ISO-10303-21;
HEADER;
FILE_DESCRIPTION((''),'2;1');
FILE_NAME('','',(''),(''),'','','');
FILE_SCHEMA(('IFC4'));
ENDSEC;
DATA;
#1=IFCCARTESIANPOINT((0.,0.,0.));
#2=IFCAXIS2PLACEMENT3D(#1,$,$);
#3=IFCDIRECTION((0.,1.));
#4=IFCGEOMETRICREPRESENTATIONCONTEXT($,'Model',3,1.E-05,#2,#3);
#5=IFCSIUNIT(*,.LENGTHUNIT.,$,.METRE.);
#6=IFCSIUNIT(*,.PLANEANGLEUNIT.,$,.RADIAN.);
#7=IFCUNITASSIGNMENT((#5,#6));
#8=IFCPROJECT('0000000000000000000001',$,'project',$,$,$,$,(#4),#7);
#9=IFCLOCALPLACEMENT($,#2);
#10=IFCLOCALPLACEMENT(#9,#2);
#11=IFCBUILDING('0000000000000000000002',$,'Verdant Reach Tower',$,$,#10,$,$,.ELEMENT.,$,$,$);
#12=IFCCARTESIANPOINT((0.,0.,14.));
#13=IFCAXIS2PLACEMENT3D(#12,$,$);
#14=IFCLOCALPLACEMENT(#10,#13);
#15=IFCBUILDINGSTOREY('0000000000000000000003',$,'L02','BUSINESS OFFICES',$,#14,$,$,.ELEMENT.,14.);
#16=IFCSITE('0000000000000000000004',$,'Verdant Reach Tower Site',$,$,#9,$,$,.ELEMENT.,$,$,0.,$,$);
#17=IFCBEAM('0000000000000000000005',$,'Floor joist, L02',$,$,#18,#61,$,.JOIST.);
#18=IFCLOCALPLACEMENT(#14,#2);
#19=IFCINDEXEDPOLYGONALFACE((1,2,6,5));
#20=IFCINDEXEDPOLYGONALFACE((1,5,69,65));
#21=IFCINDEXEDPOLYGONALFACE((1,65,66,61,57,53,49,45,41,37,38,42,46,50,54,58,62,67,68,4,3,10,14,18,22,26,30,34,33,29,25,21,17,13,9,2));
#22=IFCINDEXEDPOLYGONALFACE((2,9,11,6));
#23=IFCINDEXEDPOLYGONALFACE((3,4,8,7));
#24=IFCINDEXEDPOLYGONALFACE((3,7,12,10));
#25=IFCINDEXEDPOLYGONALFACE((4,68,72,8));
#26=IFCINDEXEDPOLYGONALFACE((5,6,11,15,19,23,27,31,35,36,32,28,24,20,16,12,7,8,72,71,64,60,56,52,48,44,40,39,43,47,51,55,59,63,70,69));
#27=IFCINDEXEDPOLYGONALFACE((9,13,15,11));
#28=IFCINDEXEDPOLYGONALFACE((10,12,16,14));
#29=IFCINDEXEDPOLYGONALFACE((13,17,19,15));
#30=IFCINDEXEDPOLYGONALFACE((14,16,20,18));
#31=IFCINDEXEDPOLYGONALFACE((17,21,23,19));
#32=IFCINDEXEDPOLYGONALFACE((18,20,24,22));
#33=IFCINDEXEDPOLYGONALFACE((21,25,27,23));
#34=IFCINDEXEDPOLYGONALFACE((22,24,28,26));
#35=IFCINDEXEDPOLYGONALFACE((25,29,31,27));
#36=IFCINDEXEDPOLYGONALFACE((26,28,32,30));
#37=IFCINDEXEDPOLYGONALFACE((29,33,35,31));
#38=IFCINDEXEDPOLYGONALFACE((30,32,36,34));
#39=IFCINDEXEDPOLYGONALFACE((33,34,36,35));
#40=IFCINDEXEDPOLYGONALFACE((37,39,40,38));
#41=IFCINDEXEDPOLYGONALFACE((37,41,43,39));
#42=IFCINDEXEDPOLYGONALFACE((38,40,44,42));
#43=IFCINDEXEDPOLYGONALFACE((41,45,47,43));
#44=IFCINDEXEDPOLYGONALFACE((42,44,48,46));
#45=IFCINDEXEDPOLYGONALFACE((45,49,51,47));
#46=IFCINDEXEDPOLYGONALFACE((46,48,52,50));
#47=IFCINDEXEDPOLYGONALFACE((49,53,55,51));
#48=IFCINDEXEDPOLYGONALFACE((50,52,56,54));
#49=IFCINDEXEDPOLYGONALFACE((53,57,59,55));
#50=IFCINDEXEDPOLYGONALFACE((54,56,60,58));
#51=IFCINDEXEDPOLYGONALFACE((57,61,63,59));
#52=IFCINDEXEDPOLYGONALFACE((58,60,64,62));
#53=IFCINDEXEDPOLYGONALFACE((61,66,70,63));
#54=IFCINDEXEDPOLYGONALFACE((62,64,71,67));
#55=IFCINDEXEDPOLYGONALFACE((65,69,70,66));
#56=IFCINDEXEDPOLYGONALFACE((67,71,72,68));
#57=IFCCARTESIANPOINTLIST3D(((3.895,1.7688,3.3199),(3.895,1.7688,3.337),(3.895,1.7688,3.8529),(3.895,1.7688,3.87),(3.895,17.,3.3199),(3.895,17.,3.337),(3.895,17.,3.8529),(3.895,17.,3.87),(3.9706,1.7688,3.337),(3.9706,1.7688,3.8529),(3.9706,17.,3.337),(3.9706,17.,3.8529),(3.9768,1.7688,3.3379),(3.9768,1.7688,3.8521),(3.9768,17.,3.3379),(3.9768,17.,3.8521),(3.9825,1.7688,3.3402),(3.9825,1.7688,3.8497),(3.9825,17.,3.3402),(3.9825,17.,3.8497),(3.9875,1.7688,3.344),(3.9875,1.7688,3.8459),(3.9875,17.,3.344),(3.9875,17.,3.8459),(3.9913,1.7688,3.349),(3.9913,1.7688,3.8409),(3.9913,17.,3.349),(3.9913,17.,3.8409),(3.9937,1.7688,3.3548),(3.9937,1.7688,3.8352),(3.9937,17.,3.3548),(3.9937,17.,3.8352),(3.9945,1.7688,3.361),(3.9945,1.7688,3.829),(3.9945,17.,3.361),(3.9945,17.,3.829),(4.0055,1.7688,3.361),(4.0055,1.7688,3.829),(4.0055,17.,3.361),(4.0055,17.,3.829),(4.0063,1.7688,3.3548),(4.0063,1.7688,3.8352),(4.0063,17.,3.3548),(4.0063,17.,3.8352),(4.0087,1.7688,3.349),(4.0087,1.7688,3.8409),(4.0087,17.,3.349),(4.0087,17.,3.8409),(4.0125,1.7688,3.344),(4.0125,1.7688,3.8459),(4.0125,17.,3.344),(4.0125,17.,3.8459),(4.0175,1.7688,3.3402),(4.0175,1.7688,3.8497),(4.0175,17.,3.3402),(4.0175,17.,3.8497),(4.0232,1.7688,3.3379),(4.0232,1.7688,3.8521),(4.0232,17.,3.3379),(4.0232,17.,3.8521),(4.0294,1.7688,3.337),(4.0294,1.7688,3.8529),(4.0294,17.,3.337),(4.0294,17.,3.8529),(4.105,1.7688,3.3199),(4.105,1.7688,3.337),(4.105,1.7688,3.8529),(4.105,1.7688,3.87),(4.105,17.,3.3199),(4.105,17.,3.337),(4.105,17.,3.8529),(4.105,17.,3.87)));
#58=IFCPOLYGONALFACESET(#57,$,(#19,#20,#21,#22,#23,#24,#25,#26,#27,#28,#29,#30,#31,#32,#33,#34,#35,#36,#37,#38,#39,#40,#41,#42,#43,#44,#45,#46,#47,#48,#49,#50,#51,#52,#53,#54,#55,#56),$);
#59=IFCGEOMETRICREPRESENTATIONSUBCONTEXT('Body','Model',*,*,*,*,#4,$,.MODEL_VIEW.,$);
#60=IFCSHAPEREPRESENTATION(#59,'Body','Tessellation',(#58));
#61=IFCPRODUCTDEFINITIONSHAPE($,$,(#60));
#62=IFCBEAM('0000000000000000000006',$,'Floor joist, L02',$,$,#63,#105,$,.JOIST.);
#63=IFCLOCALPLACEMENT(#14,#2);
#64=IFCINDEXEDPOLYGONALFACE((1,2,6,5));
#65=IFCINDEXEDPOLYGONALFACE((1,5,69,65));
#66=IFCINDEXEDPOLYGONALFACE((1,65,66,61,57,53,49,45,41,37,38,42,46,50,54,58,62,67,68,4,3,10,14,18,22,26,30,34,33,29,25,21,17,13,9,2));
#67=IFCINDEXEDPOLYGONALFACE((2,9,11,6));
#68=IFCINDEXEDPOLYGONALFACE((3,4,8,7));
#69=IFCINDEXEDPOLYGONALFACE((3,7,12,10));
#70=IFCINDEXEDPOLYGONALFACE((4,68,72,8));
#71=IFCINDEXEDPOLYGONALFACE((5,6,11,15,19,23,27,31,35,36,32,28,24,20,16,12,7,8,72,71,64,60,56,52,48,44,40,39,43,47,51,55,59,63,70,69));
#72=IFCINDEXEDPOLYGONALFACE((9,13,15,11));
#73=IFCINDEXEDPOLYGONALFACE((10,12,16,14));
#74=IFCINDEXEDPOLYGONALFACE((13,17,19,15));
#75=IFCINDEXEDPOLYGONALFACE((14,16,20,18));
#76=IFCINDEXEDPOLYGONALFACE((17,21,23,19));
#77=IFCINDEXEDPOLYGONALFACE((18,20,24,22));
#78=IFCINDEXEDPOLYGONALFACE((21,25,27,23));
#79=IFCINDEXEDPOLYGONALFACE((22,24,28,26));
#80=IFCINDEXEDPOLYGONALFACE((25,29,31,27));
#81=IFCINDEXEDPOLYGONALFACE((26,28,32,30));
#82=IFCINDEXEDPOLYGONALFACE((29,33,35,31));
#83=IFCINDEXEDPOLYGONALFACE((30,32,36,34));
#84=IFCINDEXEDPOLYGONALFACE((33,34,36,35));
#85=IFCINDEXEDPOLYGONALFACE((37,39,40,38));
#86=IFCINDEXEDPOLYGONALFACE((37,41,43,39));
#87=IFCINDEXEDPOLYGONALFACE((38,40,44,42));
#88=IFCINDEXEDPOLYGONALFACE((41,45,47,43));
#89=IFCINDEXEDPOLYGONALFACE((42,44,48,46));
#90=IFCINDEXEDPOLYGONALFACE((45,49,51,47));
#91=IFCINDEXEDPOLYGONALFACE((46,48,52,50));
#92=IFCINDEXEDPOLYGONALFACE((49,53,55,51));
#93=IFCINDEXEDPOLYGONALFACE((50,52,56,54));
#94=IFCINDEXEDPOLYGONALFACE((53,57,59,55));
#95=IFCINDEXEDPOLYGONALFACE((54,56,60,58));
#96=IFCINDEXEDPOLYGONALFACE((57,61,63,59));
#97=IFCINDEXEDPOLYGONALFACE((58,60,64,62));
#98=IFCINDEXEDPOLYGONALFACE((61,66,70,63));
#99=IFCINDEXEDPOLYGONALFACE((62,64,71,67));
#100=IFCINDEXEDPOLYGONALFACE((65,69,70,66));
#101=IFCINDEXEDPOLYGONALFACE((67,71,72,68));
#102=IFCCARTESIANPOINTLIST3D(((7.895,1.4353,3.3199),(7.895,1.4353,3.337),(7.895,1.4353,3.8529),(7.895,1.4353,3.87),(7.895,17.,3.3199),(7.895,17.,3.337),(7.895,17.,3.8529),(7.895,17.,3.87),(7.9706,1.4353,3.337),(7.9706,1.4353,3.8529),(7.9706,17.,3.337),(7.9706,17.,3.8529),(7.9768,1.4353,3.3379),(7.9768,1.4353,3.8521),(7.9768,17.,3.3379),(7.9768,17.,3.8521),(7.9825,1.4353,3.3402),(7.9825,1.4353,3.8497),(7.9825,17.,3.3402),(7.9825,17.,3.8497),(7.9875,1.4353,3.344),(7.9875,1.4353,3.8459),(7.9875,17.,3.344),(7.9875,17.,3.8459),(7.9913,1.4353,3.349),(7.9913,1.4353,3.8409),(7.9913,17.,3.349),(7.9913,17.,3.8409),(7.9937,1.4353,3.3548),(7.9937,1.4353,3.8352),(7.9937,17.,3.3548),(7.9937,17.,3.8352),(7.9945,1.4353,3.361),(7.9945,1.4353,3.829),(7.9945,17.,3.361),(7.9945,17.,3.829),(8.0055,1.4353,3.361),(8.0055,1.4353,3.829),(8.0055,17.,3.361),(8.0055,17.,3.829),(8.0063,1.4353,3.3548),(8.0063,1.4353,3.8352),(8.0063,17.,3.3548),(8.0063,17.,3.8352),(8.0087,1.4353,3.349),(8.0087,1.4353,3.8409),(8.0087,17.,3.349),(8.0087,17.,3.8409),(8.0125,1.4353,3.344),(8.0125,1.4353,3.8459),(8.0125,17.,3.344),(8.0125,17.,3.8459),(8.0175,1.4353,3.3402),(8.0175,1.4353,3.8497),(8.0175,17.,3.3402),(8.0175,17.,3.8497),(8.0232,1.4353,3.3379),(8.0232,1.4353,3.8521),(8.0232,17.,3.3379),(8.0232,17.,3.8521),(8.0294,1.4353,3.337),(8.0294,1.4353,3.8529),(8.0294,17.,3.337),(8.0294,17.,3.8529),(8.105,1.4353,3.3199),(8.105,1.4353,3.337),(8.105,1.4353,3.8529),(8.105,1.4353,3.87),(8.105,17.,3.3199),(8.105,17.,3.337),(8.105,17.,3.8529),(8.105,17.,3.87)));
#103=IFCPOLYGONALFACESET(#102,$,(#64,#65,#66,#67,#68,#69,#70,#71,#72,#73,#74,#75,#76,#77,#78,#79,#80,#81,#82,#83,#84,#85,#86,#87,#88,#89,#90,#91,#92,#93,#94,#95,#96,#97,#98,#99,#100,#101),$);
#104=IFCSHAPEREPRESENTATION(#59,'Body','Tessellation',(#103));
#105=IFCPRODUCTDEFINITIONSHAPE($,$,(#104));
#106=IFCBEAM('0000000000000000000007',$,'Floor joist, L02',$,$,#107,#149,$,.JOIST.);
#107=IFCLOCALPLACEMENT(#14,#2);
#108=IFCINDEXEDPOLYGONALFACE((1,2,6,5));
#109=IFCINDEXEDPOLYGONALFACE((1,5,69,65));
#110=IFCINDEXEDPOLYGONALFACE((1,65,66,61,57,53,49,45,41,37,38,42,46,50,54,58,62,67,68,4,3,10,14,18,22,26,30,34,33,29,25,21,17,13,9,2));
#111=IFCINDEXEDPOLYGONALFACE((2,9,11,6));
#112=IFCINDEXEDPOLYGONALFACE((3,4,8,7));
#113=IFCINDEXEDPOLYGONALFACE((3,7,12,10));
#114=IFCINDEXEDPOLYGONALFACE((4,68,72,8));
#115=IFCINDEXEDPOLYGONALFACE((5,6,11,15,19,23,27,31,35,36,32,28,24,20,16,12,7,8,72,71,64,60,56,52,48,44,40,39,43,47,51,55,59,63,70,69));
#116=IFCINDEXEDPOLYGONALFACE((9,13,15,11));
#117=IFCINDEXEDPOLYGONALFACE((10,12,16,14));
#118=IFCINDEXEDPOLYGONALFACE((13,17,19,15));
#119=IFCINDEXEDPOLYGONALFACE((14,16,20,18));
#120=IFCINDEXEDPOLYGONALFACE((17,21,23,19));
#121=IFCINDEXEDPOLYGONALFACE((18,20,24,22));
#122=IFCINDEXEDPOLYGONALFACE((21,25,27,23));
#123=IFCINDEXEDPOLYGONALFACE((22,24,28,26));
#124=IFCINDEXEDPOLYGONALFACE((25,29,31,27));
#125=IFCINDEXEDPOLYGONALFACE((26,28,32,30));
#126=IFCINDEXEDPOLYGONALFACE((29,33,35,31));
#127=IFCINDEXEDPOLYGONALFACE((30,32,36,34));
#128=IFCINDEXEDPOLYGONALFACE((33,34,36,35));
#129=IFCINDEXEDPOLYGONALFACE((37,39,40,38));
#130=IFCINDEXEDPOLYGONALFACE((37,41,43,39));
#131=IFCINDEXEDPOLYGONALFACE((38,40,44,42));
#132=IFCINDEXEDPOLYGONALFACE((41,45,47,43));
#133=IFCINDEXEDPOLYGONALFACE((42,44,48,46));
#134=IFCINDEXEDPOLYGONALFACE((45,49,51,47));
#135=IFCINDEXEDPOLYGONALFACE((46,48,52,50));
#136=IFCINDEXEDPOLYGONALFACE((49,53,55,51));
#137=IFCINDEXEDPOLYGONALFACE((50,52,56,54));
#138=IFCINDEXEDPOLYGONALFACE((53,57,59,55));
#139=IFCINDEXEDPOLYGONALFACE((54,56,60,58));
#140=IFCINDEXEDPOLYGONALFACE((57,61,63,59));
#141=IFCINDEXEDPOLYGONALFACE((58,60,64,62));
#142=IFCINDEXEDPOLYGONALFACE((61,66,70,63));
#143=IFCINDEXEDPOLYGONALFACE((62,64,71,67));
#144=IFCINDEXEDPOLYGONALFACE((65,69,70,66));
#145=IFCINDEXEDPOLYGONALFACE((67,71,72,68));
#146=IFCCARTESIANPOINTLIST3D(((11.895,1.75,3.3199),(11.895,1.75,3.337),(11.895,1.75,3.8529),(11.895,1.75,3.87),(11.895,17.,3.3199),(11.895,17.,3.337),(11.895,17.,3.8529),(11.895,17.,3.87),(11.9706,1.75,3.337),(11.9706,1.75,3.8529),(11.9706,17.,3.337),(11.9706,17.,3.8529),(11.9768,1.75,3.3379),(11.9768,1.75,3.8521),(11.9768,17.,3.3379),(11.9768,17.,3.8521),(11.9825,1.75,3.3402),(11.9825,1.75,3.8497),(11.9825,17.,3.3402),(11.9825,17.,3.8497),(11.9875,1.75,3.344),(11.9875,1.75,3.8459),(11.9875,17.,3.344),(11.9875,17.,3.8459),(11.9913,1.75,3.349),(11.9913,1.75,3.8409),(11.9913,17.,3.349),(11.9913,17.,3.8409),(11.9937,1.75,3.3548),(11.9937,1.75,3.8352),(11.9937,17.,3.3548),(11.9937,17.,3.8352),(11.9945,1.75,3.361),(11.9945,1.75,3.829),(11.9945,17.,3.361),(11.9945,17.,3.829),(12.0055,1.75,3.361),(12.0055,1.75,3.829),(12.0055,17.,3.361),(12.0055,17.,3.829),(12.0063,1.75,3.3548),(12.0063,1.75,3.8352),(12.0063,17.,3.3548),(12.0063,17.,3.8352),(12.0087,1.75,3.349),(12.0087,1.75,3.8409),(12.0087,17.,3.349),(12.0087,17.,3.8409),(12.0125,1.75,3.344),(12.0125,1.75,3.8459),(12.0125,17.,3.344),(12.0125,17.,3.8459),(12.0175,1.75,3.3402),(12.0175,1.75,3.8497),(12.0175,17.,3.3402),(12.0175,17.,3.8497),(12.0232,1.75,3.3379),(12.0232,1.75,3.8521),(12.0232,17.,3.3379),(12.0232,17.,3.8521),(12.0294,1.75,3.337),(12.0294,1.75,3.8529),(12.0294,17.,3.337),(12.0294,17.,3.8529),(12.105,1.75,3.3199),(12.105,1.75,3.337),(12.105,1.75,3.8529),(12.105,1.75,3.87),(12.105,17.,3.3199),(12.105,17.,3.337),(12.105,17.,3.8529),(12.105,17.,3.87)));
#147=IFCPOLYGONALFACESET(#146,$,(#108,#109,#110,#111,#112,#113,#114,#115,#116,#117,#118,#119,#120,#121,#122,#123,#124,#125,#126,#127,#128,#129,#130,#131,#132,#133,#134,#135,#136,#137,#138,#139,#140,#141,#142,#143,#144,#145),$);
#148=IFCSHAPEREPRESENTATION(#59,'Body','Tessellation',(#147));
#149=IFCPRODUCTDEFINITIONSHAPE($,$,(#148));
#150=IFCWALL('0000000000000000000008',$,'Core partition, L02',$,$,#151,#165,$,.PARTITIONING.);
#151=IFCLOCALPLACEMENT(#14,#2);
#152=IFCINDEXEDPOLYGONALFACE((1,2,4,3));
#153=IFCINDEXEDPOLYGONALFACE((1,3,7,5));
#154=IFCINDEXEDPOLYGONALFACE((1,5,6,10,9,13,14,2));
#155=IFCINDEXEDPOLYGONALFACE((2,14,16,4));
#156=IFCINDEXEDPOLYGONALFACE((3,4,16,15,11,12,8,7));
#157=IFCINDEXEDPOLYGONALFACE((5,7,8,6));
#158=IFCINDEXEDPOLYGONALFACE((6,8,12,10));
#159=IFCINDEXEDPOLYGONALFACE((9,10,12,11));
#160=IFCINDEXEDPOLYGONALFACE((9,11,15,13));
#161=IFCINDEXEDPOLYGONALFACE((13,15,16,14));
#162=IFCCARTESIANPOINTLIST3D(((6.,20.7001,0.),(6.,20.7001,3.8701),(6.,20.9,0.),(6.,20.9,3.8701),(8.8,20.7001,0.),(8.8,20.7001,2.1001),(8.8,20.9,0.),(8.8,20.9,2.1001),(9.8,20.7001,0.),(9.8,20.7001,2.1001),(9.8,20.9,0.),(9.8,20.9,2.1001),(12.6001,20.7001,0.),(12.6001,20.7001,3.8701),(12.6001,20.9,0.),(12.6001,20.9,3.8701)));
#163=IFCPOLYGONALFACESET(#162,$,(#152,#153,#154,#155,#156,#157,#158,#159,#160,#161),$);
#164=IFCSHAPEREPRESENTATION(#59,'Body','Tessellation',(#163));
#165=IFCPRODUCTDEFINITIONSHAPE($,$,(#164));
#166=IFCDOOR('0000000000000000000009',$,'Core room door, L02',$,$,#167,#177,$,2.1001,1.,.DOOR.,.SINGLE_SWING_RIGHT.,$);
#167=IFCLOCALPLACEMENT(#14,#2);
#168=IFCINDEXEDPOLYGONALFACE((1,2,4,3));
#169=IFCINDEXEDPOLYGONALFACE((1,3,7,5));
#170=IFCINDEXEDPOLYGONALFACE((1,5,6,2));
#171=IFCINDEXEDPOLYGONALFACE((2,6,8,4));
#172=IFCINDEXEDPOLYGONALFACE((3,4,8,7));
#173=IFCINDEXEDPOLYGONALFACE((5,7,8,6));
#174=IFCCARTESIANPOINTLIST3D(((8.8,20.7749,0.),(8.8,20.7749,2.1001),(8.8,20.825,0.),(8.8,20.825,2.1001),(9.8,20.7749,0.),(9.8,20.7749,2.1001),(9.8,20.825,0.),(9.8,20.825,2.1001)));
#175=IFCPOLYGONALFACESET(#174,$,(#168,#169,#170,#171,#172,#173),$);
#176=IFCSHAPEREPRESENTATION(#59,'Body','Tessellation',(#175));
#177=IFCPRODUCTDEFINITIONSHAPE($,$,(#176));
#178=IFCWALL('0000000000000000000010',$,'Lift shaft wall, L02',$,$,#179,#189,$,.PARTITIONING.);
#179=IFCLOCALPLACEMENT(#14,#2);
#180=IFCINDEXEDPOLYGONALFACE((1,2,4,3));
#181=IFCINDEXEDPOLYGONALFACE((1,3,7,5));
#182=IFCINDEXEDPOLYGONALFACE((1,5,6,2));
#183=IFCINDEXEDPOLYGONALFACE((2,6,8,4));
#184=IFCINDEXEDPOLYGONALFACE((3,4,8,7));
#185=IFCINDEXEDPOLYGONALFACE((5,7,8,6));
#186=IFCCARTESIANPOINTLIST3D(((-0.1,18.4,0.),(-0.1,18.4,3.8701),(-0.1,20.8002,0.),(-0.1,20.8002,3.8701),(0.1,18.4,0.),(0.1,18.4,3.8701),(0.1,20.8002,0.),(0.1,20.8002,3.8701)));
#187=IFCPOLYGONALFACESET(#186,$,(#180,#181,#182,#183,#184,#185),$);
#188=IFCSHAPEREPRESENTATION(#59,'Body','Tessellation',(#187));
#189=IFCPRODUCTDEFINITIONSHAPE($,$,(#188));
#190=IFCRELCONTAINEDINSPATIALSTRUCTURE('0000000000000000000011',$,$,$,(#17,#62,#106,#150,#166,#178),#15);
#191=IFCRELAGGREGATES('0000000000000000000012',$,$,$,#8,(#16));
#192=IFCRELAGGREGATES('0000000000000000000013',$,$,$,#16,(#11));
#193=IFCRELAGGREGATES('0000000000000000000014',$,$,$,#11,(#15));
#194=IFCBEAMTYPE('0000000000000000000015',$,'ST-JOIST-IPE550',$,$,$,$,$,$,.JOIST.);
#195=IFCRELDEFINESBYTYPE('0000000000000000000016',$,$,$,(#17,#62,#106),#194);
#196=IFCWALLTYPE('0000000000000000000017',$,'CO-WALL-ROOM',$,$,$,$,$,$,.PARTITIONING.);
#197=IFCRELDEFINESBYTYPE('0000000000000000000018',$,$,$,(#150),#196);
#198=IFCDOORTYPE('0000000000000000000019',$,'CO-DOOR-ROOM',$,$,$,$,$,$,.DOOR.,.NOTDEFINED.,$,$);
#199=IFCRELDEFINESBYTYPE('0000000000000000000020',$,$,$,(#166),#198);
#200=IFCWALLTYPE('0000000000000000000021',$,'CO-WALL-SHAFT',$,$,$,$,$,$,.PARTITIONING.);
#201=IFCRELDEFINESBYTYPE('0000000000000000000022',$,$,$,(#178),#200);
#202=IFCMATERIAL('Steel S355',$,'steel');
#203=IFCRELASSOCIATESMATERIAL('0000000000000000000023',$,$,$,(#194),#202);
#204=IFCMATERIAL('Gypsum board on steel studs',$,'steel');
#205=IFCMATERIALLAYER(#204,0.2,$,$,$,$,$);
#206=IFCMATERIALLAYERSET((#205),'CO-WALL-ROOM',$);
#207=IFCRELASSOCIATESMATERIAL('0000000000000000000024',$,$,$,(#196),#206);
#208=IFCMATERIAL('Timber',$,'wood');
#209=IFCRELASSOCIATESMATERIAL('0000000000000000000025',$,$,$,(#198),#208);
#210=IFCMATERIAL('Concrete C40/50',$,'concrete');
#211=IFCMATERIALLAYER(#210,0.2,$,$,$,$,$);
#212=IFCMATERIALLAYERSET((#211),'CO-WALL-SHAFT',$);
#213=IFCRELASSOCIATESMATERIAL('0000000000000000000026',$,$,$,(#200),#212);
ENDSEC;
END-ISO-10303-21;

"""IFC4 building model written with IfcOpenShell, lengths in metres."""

from ifc_helpers import new_model, si_unit, direction, frame, frame_2d, origin, origin_2d, place, context, subcontext, project, spatial, rectangle, i_section, extrude, material, layer, layer_set, material_profile, profile_set, type_object, element, fill, save


model = new_model("IFC4")

# Units and contexts
model_context = context("Model", 3, precision=1e-05, world=origin(), true_north=direction((0.0, 1.0)))
body_context = subcontext(model_context, "Body", "Model", "MODEL_VIEW")
ifc_project = project(units=[si_unit("LENGTHUNIT", "METRE"), si_unit("PLANEANGLEUNIT", "RADIAN")], contexts=[model_context])

# Site, building, storey
site_placement = place(None, origin())
site = spatial("IfcSite", under=ifc_project, at=site_placement, Name="Verdant Reach Tower Site", CompositionType="ELEMENT", RefElevation=0.0)
building_placement = place(site_placement, origin())
building = spatial("IfcBuilding", under=site, at=building_placement, Name="Verdant Reach Tower", CompositionType="ELEMENT")
storey_placement = place(building_placement, frame((0.0, 0.0, 14.0)))
storey = spatial("IfcBuildingStorey", under=building, at=storey_placement, Name="L02", Description="BUSINESS OFFICES", CompositionType="ELEMENT", Elevation=14.0)

# Beams
ifc_material_1 = material(Name="Steel S355", Category="steel")
ifc_material_profile_1 = material_profile(ifc_material_1, i_section(OverallWidth=0.21, OverallDepth=0.55, WebThickness=0.011, FlangeThickness=0.0171, FilletRadius=0.0239, at=origin_2d()), Name="IPE 550")
ifc_profile_set_1 = profile_set([ifc_material_profile_1], Name="Steel S355")
beam_type_1 = type_object("IfcBeamType", Name="ST-JOIST-IPE550", PredefinedType="JOIST", material=ifc_profile_set_1)
beam_1_placement = place(storey_placement, frame((4.0, 17.0, 3.595), z_axis=(0.0, -1.0, 0.0), x_axis=(1.0, 0.0, 0.0)))
element("IfcBeam", 1, at=beam_1_placement, inside=storey, type_object=beam_type_1, Name="Floor joist, L02", PredefinedType="JOIST", context=body_context, shape_type="SweptSolid", body=[
    extrude(i_section(OverallWidth=0.21, OverallDepth=0.55, WebThickness=0.011, FlangeThickness=0.0171, FilletRadius=0.0239, at=origin_2d()), origin(), (0.0, 0.0, 1.0), 15.2312),
])
beam_2_placement = place(storey_placement, frame((8.0, 17.0, 3.595), z_axis=(0.0, -1.0, 0.0), x_axis=(1.0, 0.0, 0.0)))
element("IfcBeam", 2, at=beam_2_placement, inside=storey, type_object=beam_type_1, Name="Floor joist, L02", PredefinedType="JOIST", context=body_context, shape_type="SweptSolid", body=[
    extrude(i_section(OverallWidth=0.21, OverallDepth=0.55, WebThickness=0.011, FlangeThickness=0.0171, FilletRadius=0.0239, at=origin_2d()), origin(), (0.0, 0.0, 1.0), 15.5647),
])
beam_3_placement = place(storey_placement, frame((12.0, 17.0, 3.595), z_axis=(0.0, -1.0, 0.0), x_axis=(1.0, 0.0, 0.0)))
element("IfcBeam", 3, at=beam_3_placement, inside=storey, type_object=beam_type_1, Name="Floor joist, L02", PredefinedType="JOIST", context=body_context, shape_type="SweptSolid", body=[
    extrude(i_section(OverallWidth=0.21, OverallDepth=0.55, WebThickness=0.011, FlangeThickness=0.0171, FilletRadius=0.0239, at=origin_2d()), origin(), (0.0, 0.0, 1.0), 15.25),
])

# Wall, opening, door
ifc_material_2 = material(Name="Gypsum board on steel studs", Category="steel")
ifc_layer_1 = layer(ifc_material_2, 0.2)
ifc_layer_set_1 = layer_set([ifc_layer_1], Name="CO-WALL-ROOM")
wall_type_1 = type_object("IfcWallType", Name="CO-WALL-ROOM", PredefinedType="PARTITIONING", material=ifc_layer_set_1)
wall_1_placement = place(storey_placement, frame((6.0, 20.8, 0.0), z_axis=(0.0, 0.0, 1.0), x_axis=(1.0, 0.0, 0.0)))
wall_1 = element("IfcWall", 4, at=wall_1_placement, inside=storey, type_object=wall_type_1, Name="Core partition, L02", PredefinedType="PARTITIONING", context=body_context, shape_type="SweptSolid", body=[
    extrude(rectangle(XDim=6.6001, YDim=0.2, at=frame_2d((3.3, 0.0))), origin(), (0.0, 0.0, 1.0), 3.8701),
])
opening_1_placement = place(wall_1_placement, frame((2.8, 0.0, 0.0)))
opening_1 = element("IfcOpeningElement", 5, at=opening_1_placement, cuts=wall_1, PredefinedType="OPENING", context=body_context, shape_type="SweptSolid", body=[
    extrude(rectangle(XDim=1.0, YDim=2.1001, at=frame_2d((0.5, 1.05))), frame((0.0, 0.1099, 0.0), z_axis=(0.0, -1.0, 0.0), x_axis=(1.0, 0.0, 0.0)), (0.0, 0.0, 1.0), 0.22),
])
ifc_material_3 = material(Name="Timber", Category="wood")
door_type_1 = type_object("IfcDoorType", Name="CO-DOOR-ROOM", OperationType="NOTDEFINED", PredefinedType="DOOR", material=ifc_material_3)
door_1_placement = place(opening_1_placement, origin())
door_1 = element("IfcDoor", 6, at=door_1_placement, inside=storey, type_object=door_type_1, Name="Core room door, L02", OperationType="SINGLE_SWING_RIGHT", OverallHeight=2.1001, OverallWidth=1.0, PredefinedType="DOOR", context=body_context, shape_type="SweptSolid", body=[
    extrude(rectangle(XDim=1.0, YDim=2.1001, at=frame_2d((0.5, 1.05))), frame((0.0, 0.0249, 0.0), z_axis=(0.0, -1.0, 0.0), x_axis=(1.0, 0.0, 0.0)), (0.0, 0.0, 1.0), 0.05),
])
fill(opening_1, door_1)

# Wall
ifc_material_4 = material(Name="Concrete C40/50", Category="concrete")
ifc_layer_2 = layer(ifc_material_4, 0.2)
ifc_layer_set_2 = layer_set([ifc_layer_2], Name="CO-WALL-SHAFT")
wall_type_2 = type_object("IfcWallType", Name="CO-WALL-SHAFT", PredefinedType="PARTITIONING", material=ifc_layer_set_2)
for number, where, z_axis, x_axis, name in (
    (7, (0.0, 18.3999, 0.0), (0.0, 0.0, 1.0), (0.0, 1.0, 0.0), "Lift shaft wall, L02"),
):
    element("IfcWall", number, at=place(storey_placement, frame(where, z_axis=z_axis, x_axis=x_axis)), inside=storey, type_object=wall_type_2, Name=name, PredefinedType="PARTITIONING", context=body_context, shape_type="SweptSolid", body=[
        extrude(rectangle(XDim=2.4001, YDim=0.2, at=frame_2d((1.2002, 0.0))), origin(), (0.0, 0.0, 1.0), 3.8701),
    ])

save(model, "model.ifc")
